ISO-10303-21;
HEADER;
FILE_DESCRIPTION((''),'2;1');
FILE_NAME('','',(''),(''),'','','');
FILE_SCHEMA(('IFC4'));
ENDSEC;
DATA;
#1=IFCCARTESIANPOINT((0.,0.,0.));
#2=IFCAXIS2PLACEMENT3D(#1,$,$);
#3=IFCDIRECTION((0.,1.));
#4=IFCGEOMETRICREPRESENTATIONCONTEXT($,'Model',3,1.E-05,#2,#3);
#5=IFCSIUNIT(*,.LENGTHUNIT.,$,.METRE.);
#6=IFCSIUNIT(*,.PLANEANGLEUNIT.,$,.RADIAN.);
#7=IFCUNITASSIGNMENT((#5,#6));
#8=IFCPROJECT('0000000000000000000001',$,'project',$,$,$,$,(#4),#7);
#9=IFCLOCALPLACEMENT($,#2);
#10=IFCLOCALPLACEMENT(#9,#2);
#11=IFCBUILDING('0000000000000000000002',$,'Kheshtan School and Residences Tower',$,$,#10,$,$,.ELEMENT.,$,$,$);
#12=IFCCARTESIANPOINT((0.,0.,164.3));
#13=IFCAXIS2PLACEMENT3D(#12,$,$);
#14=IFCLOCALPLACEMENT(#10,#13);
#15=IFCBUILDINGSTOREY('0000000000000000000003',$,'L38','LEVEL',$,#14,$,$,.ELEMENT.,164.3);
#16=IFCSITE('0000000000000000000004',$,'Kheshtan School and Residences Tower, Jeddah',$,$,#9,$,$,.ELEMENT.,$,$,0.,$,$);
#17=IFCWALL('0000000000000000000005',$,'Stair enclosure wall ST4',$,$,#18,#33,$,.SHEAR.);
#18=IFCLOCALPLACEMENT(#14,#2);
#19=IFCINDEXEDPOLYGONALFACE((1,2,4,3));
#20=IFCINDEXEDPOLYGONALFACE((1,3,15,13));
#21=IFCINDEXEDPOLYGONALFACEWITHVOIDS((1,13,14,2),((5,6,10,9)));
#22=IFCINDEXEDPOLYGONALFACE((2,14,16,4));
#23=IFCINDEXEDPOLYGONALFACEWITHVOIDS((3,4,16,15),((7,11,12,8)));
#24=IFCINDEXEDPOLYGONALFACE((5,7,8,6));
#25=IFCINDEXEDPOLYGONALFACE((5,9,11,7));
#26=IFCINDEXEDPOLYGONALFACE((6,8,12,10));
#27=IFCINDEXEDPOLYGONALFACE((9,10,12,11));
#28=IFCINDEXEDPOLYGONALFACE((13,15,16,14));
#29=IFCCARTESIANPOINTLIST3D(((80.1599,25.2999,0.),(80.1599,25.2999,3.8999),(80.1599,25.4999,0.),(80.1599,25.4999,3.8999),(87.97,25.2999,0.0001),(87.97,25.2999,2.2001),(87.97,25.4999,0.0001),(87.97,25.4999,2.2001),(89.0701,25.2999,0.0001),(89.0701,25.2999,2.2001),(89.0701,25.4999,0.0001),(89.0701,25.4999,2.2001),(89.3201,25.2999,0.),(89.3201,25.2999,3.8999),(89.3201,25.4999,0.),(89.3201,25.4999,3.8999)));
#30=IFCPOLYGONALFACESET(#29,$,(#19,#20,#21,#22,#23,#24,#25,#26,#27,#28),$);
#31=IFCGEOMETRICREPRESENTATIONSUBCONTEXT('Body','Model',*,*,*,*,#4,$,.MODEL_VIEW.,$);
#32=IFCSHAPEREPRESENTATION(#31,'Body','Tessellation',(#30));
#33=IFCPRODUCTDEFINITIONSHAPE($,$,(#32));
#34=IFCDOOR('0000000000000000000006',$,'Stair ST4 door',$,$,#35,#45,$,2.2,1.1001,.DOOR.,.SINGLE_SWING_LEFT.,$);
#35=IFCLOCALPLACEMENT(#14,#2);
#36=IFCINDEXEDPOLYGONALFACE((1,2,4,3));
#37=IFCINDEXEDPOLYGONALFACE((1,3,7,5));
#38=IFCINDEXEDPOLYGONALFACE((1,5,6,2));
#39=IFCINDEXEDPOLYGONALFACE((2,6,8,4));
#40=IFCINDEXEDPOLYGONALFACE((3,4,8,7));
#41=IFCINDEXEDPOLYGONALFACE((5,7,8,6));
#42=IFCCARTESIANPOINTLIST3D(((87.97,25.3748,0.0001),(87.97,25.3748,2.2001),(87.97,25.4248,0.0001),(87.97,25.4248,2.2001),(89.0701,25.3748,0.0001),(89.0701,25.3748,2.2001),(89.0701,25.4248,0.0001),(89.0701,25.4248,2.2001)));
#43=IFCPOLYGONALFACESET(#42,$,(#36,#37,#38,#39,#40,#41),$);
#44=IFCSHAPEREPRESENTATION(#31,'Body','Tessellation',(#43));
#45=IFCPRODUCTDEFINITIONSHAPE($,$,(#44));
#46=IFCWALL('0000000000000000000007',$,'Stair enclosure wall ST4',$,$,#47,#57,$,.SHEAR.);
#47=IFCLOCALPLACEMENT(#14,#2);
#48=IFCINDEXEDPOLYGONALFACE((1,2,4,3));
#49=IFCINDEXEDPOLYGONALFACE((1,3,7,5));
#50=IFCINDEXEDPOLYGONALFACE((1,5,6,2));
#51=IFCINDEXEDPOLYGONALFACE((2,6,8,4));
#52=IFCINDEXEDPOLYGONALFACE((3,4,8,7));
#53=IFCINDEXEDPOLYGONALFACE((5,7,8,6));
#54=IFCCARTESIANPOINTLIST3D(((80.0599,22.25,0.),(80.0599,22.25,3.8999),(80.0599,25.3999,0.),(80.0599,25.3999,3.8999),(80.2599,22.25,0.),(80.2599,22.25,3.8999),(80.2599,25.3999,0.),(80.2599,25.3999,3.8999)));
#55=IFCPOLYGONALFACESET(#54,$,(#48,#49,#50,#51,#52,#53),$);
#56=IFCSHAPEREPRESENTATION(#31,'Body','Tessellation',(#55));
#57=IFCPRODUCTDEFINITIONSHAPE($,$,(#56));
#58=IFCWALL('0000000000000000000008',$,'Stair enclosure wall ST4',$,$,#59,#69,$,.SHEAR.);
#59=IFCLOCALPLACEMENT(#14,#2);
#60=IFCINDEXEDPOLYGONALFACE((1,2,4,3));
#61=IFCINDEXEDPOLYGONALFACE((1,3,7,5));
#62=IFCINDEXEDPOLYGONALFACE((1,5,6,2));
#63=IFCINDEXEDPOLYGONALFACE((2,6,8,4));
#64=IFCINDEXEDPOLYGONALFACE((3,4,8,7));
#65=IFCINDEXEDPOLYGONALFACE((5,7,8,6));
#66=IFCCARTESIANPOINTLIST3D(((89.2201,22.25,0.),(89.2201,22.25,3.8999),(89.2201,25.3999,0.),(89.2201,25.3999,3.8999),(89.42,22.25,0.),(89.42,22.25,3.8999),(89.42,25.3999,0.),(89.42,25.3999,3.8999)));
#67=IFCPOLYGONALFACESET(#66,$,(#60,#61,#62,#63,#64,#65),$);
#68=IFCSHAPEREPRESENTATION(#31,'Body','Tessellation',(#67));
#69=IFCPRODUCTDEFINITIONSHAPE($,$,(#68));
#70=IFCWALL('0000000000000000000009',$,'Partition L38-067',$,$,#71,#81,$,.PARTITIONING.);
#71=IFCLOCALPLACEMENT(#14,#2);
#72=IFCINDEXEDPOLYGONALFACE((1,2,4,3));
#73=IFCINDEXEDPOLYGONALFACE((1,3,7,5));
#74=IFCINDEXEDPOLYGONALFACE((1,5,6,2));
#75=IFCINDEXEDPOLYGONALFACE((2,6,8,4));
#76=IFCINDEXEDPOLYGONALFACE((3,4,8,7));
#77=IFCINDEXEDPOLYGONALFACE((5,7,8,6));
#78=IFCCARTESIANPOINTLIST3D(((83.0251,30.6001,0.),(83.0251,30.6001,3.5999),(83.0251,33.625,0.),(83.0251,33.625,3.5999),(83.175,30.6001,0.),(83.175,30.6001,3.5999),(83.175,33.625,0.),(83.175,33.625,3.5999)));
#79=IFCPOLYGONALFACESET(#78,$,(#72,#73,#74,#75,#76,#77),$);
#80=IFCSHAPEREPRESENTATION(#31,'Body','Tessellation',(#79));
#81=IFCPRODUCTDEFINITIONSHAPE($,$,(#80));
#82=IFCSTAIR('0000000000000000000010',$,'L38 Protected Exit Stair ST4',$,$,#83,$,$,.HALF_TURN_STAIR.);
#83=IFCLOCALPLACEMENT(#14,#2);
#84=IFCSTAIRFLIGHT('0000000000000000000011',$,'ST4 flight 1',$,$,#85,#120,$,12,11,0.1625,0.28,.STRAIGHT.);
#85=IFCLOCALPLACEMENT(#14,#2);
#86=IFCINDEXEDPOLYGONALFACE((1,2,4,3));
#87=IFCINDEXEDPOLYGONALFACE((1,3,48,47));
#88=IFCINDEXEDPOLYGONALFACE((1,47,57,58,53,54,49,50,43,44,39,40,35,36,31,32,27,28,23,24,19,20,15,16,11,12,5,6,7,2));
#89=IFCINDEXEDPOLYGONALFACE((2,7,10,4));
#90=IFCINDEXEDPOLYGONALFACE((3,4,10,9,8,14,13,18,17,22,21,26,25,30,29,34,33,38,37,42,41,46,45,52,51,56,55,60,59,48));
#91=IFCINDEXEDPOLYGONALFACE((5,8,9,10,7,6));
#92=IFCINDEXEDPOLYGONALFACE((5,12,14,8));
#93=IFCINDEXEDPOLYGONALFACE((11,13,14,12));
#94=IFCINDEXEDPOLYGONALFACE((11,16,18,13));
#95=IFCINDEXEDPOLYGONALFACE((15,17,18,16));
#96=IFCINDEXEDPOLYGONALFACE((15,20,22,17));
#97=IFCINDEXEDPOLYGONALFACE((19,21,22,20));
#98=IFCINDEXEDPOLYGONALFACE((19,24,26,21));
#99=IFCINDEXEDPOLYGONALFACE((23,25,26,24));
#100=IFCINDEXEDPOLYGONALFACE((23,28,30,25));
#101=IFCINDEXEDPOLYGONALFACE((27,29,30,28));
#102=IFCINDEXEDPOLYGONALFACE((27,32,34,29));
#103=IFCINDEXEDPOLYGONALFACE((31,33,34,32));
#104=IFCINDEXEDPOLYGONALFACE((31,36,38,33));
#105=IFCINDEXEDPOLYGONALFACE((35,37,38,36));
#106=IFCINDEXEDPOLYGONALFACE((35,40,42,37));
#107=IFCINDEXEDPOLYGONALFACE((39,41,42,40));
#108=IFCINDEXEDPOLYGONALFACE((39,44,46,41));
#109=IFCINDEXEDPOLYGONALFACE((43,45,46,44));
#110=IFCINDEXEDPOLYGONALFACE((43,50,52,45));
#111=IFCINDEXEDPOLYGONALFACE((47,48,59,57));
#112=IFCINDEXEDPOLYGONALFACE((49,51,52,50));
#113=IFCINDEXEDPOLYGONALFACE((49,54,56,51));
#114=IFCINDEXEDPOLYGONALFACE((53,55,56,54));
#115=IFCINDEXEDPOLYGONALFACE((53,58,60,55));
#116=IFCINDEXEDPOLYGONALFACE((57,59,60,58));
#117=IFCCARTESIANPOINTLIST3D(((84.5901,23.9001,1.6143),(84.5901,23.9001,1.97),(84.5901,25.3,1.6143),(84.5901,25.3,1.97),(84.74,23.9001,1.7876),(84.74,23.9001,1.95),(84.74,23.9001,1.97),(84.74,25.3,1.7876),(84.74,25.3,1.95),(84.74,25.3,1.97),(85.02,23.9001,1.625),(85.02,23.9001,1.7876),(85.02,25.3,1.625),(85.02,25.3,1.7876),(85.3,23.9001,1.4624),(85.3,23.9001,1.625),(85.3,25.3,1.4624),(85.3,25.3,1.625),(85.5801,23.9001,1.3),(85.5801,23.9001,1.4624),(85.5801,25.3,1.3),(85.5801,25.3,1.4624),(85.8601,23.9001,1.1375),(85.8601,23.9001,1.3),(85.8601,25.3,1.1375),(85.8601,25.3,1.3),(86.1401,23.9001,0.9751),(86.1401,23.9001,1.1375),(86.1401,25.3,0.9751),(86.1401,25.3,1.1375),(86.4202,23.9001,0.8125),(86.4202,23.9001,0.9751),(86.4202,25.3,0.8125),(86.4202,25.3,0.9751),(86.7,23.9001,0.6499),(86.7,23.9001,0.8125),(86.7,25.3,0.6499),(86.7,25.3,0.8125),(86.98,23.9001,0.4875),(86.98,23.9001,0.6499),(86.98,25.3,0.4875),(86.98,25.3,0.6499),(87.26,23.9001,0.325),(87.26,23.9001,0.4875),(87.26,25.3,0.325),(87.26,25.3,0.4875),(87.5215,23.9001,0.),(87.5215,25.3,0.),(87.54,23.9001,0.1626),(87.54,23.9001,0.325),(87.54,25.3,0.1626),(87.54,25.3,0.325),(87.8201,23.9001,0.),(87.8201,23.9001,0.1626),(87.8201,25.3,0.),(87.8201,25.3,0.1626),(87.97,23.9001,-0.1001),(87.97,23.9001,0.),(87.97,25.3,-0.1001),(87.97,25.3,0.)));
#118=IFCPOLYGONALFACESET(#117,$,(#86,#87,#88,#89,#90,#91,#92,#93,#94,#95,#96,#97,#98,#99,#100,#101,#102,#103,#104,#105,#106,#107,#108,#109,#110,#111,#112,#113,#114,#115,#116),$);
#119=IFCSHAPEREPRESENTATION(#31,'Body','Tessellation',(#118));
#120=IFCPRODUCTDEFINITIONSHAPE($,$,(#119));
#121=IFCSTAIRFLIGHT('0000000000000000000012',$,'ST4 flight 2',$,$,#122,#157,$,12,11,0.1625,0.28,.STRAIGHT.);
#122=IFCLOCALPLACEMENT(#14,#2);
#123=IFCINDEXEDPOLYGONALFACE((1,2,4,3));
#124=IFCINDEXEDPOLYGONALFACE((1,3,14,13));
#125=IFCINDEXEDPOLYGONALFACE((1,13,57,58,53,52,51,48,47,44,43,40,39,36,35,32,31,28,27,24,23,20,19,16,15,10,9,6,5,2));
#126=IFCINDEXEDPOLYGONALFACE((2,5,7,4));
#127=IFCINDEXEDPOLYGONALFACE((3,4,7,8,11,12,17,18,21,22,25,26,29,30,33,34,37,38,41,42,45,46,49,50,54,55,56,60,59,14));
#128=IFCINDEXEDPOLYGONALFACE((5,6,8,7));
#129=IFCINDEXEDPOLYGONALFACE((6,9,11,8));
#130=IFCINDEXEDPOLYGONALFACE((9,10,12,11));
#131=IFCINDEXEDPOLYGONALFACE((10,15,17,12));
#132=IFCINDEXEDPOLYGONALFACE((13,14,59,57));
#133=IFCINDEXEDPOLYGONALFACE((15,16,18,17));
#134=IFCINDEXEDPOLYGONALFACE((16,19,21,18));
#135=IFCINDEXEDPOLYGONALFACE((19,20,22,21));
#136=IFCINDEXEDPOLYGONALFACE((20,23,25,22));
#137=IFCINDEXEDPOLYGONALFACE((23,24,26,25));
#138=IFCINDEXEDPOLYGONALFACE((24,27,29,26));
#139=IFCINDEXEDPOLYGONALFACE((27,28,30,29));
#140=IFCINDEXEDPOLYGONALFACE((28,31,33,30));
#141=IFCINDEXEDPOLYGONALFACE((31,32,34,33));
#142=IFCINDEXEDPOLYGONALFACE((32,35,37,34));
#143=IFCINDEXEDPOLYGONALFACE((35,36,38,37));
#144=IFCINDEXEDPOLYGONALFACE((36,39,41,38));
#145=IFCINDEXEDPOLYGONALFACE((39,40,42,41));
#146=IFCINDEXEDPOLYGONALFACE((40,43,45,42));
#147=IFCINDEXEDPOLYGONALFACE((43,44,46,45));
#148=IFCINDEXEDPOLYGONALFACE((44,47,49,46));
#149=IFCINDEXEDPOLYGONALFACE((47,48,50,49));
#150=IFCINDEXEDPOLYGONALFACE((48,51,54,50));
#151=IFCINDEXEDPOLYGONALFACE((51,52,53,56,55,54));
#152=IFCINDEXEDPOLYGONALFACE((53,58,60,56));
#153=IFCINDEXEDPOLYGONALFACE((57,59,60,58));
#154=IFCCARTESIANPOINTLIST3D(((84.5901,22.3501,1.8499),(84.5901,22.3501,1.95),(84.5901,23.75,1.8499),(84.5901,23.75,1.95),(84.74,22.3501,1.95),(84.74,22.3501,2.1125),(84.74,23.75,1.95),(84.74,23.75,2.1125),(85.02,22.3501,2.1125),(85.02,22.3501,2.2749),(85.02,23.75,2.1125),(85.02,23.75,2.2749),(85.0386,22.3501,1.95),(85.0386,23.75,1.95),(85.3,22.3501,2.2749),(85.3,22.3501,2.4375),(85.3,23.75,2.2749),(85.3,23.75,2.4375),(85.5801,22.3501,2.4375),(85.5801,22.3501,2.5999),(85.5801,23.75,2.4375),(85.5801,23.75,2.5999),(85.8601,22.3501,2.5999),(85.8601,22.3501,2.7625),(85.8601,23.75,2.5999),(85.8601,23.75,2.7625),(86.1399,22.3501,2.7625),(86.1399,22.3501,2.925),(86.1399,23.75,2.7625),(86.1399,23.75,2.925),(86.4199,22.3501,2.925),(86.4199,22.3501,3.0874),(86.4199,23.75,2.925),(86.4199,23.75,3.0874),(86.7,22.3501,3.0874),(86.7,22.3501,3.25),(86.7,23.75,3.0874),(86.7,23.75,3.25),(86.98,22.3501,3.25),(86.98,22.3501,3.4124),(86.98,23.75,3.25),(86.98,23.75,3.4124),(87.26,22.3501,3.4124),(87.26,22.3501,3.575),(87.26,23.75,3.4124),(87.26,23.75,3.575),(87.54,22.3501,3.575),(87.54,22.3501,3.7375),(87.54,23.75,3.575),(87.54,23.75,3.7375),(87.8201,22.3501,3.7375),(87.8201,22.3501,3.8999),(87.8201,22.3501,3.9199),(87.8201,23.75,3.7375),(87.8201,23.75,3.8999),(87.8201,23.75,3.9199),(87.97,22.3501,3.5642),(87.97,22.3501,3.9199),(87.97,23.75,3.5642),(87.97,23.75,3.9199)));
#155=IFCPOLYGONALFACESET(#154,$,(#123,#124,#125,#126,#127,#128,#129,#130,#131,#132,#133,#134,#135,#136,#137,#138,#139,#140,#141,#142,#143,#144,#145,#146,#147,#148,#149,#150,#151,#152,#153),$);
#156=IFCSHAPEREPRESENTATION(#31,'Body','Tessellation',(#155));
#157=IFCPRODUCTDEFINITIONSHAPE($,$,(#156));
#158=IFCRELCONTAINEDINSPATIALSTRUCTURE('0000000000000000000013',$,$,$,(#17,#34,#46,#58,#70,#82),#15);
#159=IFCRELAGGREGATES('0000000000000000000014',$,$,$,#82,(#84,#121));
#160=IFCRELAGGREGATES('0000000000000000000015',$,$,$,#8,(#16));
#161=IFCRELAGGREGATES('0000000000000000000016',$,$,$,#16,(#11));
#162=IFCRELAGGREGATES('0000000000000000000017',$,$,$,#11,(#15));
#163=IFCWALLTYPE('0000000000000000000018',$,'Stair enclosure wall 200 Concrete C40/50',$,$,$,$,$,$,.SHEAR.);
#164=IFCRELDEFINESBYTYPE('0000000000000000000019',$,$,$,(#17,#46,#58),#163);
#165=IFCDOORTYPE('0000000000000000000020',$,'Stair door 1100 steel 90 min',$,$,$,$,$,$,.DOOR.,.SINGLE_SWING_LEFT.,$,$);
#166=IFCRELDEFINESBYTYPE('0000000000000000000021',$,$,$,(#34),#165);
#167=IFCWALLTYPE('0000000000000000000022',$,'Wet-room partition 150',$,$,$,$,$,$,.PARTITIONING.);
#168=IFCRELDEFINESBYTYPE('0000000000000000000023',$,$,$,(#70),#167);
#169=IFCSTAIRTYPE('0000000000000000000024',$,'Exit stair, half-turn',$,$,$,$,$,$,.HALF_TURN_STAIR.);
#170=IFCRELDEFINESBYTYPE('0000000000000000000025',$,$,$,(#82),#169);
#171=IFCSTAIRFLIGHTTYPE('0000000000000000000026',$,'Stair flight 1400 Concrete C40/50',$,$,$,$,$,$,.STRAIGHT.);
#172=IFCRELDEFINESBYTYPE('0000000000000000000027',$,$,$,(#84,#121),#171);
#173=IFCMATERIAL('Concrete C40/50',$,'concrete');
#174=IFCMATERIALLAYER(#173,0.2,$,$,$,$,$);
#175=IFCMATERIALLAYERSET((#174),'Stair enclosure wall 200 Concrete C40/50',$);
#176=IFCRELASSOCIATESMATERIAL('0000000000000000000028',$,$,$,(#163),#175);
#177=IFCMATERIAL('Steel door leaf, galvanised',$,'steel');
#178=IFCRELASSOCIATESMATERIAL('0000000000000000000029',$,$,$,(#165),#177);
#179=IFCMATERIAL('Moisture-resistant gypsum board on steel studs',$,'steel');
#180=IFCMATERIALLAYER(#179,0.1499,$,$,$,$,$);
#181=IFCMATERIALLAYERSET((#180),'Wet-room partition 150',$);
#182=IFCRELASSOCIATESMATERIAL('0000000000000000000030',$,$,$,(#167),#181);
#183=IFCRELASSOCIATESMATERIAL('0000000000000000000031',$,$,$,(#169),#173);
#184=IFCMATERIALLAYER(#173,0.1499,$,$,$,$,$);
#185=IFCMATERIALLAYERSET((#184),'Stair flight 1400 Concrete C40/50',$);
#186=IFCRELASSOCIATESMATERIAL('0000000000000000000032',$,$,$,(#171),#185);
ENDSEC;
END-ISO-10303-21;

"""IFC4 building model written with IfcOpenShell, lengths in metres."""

from ifc_helpers import new_model, si_unit, direction, frame, frame_2d, origin, place, context, subcontext, project, spatial, polyline, rectangle, outline, extrude, source, transform, mapped, material, layer, layer_set, type_object, element, fill, aggregate, save


model = new_model("IFC4")

# Units and contexts
model_context = context("Model", 3, precision=1e-05, world=origin(), true_north=direction((0.0, 1.0)))
body_context = subcontext(model_context, "Body", "Model", "MODEL_VIEW")
ifc_project = project(units=[si_unit("LENGTHUNIT", "METRE"), si_unit("PLANEANGLEUNIT", "RADIAN")], contexts=[model_context])

# Site, building, storey
site_placement = place(None, origin())
site = spatial("IfcSite", under=ifc_project, at=site_placement, Name="Kheshtan School and Residences Tower, Jeddah", CompositionType="ELEMENT", RefElevation=0.0)
building_placement = place(site_placement, origin())
building = spatial("IfcBuilding", under=site, at=building_placement, Name="Kheshtan School and Residences Tower", CompositionType="ELEMENT")
storey_placement = place(building_placement, frame((0.0, 0.0, 164.3)))
storey = spatial("IfcBuildingStorey", under=building, at=storey_placement, Name="L38", Description="LEVEL", CompositionType="ELEMENT", Elevation=164.3)

# Shared definitions
ifc_material_1 = material(Name="Steel door leaf, galvanised", Category="steel")

# Wall, opening, door
ifc_material_2 = material(Name="Concrete C40/50", Category="concrete")
ifc_layer_1 = layer(ifc_material_2, 0.2)
ifc_layer_set_1 = layer_set([ifc_layer_1], Name="Stair enclosure wall 200 Concrete C40/50")
wall_type_1 = type_object("IfcWallType", Name="Stair enclosure wall 200 Concrete C40/50", PredefinedType="SHEAR", material=ifc_layer_set_1)
wall_1_placement = place(storey_placement, frame((80.1599, 25.3999, 0.0), z_axis=(0.0, 0.0, 1.0), x_axis=(1.0, 0.0, 0.0)))
wall_1 = element("IfcWall", 1, at=wall_1_placement, inside=storey, type_object=wall_type_1, Name="Stair enclosure wall ST4", PredefinedType="SHEAR", context=body_context, shape_type="SweptSolid", body=[
    extrude(rectangle(XDim=9.1602, YDim=0.2, at=frame_2d((4.5801, 0.0))), origin(), (0.0, 0.0, 1.0), 3.8999),
])
opening_1_placement = place(wall_1_placement, frame((7.8101, 0.0, 0.0)))
opening_1 = element("IfcOpeningElement", 2, at=opening_1_placement, cuts=wall_1, PredefinedType="OPENING", context=body_context, shape_type="SweptSolid", body=[
    extrude(rectangle(XDim=1.1001, YDim=2.2, at=frame_2d((0.55, 1.1001))), frame((0.0, 0.1099, 0.0), z_axis=(0.0, -1.0, 0.0), x_axis=(1.0, 0.0, 0.0)), (0.0, 0.0, 1.0), 0.22),
])
door_type_1 = type_object("IfcDoorType", Name="Stair door 1100 steel 90 min", OperationType="SINGLE_SWING_LEFT", PredefinedType="DOOR", material=ifc_material_1)
shared_shape_1 = source(origin(), body_context, "Body", "SweptSolid", [
    extrude(rectangle(XDim=1.1001, YDim=2.2, at=frame_2d((0.55, 1.1001))), frame((0.0, 0.0249, 0.0), z_axis=(0.0, -1.0, 0.0), x_axis=(1.0, 0.0, 0.0)), (0.0, 0.0, 1.0), 0.05),
])
door_1_placement = place(opening_1_placement, origin())
door_1 = element("IfcDoor", 3, at=door_1_placement, inside=storey, type_object=door_type_1, Name="Stair ST4 door", OperationType="SINGLE_SWING_LEFT", OverallHeight=2.2, OverallWidth=1.1001, PredefinedType="DOOR", context=body_context, shape_type="MappedRepresentation", body=[
    mapped(shared_shape_1, transform((0.0, 0.0, 0.0), x_axis=(1.0, 0.0, 0.0), y_axis=(0.0, 1.0, 0.0), z_axis=(0.0, 0.0, 1.0), scale=1.0)),
])
fill(opening_1, door_1)

# Walls
for number, where, z_axis, x_axis, name in (
    (4, (80.1599, 22.25, 0.0), (0.0, 0.0, 1.0), (0.0, 1.0, 0.0), "Stair enclosure wall ST4"),
    (5, (89.3201, 22.25, 0.0), (0.0, 0.0, 1.0), (0.0, 1.0, 0.0), "Stair enclosure wall ST4"),
):
    element("IfcWall", number, at=place(storey_placement, frame(where, z_axis=z_axis, x_axis=x_axis)), inside=storey, type_object=wall_type_1, Name=name, PredefinedType="SHEAR", context=body_context, shape_type="SweptSolid", body=[
        extrude(rectangle(XDim=3.1499, YDim=0.2, at=frame_2d((1.575, 0.0))), origin(), (0.0, 0.0, 1.0), 3.8999),
    ])
ifc_material_3 = material(Name="Moisture-resistant gypsum board on steel studs", Category="steel")
ifc_layer_2 = layer(ifc_material_3, 0.1499)
ifc_layer_set_2 = layer_set([ifc_layer_2], Name="Wet-room partition 150")
wall_type_2 = type_object("IfcWallType", Name="Wet-room partition 150", PredefinedType="PARTITIONING", material=ifc_layer_set_2)
wall_2_placement = place(storey_placement, frame((83.1001, 30.6001, 0.0), z_axis=(0.0, 0.0, 1.0), x_axis=(0.0, 1.0, 0.0)))
element("IfcWall", 6, at=wall_2_placement, inside=storey, type_object=wall_type_2, Name="Partition L38-067", PredefinedType="PARTITIONING", context=body_context, shape_type="SweptSolid", body=[
    extrude(rectangle(XDim=3.0249, YDim=0.1499, at=frame_2d((1.5125, 0.0))), origin(), (0.0, 0.0, 1.0), 3.5999),
])

# Stair, stair flights
stair_type = type_object("IfcStairType", Name="Exit stair, half-turn", PredefinedType="HALF_TURN_STAIR", material=ifc_material_2)
stair_placement = place(storey_placement, origin())
stair = element("IfcStair", 7, at=stair_placement, inside=storey, type_object=stair_type, Name="L38 Protected Exit Stair ST4", PredefinedType="HALF_TURN_STAIR")
ifc_layer_3 = layer(ifc_material_2, 0.1499)
ifc_layer_set_3 = layer_set([ifc_layer_3], Name="Stair flight 1400 Concrete C40/50")
stair_flight_type = type_object("IfcStairFlightType", Name="Stair flight 1400 Concrete C40/50", PredefinedType="STRAIGHT", material=ifc_layer_set_3)
stair_flight_1_placement = place(storey_placement, frame((87.8201, 24.6001, 0.0), z_axis=(0.0, 0.0, 1.0), x_axis=(-1.0, 0.0, 0.0)))
stair_flight_1 = element("IfcStairFlight", 8, at=stair_flight_1_placement, type_object=stair_flight_type, Name="ST4 flight 1", NumberOfRisers=12, NumberOfTreads=11, PredefinedType="STRAIGHT", RiserHeight=0.1625, TreadLength=0.28, context=body_context, shape_type="SweptSolid", body=[
    extrude(outline(polyline([(-0.1499, -0.1001), (-0.1499, 0.0), (0.0, 0.0), (0.0, 0.1626), (0.28, 0.1626), (0.28, 0.325), (0.5601, 0.325), (0.5601, 0.4875), (0.8401, 0.4875), (0.8401, 0.6499), (1.1201, 0.6499), (1.1201, 0.8125), (1.3999, 0.8125), (1.3999, 0.9751), (1.6799, 0.9751), (1.6799, 1.1375), (1.96, 1.1375), (1.96, 1.3), (2.24, 1.3), (2.24, 1.4624), (2.52, 1.4624), (2.52, 1.625), (2.8, 1.625), (2.8, 1.7876), (3.0801, 1.7876), (3.0801, 1.95), (3.0801, 1.97), (3.23, 1.97), (3.23, 1.6143), (0.2986, 0.0), (-0.1499, -0.1001)])), frame((0.0, 0.7, 0.0), z_axis=(0.0, -1.0, 0.0), x_axis=(1.0, 0.0, 0.0)), (0.0, 0.0, 1.0), 1.3999),
])
stair_flight_2_placement = place(storey_placement, frame((84.74, 23.05, 1.95), z_axis=(0.0, 0.0, 1.0), x_axis=(1.0, 0.0, 0.0)))
stair_flight_2 = element("IfcStairFlight", 9, at=stair_flight_2_placement, type_object=stair_flight_type, Name="ST4 flight 2", NumberOfRisers=12, NumberOfTreads=11, PredefinedType="STRAIGHT", RiserHeight=0.1625, TreadLength=0.28, context=body_context, shape_type="SweptSolid", body=[
    extrude(outline(polyline([(-0.1499, -0.1001), (-0.1499, 0.0), (0.0, 0.0), (0.0, 0.1626), (0.28, 0.1626), (0.28, 0.325), (0.5601, 0.325), (0.5601, 0.4875), (0.8401, 0.4875), (0.8401, 0.6499), (1.1201, 0.6499), (1.1201, 0.8125), (1.3999, 0.8125), (1.3999, 0.9751), (1.6799, 0.9751), (1.6799, 1.1375), (1.96, 1.1375), (1.96, 1.3), (2.24, 1.3), (2.24, 1.4624), (2.52, 1.4624), (2.52, 1.625), (2.8, 1.625), (2.8, 1.7876), (3.0801, 1.7876), (3.0801, 1.95), (3.0801, 1.97), (3.23, 1.97), (3.23, 1.6143), (0.2986, 0.0), (-0.1499, -0.1001)])), frame((0.0, 0.7, 0.0), z_axis=(0.0, -1.0, 0.0), x_axis=(1.0, 0.0, 0.0)), (0.0, 0.0, 1.0), 1.3999),
])
aggregate(stair, [stair_flight_1, stair_flight_2])

save(model, "model.ifc")
